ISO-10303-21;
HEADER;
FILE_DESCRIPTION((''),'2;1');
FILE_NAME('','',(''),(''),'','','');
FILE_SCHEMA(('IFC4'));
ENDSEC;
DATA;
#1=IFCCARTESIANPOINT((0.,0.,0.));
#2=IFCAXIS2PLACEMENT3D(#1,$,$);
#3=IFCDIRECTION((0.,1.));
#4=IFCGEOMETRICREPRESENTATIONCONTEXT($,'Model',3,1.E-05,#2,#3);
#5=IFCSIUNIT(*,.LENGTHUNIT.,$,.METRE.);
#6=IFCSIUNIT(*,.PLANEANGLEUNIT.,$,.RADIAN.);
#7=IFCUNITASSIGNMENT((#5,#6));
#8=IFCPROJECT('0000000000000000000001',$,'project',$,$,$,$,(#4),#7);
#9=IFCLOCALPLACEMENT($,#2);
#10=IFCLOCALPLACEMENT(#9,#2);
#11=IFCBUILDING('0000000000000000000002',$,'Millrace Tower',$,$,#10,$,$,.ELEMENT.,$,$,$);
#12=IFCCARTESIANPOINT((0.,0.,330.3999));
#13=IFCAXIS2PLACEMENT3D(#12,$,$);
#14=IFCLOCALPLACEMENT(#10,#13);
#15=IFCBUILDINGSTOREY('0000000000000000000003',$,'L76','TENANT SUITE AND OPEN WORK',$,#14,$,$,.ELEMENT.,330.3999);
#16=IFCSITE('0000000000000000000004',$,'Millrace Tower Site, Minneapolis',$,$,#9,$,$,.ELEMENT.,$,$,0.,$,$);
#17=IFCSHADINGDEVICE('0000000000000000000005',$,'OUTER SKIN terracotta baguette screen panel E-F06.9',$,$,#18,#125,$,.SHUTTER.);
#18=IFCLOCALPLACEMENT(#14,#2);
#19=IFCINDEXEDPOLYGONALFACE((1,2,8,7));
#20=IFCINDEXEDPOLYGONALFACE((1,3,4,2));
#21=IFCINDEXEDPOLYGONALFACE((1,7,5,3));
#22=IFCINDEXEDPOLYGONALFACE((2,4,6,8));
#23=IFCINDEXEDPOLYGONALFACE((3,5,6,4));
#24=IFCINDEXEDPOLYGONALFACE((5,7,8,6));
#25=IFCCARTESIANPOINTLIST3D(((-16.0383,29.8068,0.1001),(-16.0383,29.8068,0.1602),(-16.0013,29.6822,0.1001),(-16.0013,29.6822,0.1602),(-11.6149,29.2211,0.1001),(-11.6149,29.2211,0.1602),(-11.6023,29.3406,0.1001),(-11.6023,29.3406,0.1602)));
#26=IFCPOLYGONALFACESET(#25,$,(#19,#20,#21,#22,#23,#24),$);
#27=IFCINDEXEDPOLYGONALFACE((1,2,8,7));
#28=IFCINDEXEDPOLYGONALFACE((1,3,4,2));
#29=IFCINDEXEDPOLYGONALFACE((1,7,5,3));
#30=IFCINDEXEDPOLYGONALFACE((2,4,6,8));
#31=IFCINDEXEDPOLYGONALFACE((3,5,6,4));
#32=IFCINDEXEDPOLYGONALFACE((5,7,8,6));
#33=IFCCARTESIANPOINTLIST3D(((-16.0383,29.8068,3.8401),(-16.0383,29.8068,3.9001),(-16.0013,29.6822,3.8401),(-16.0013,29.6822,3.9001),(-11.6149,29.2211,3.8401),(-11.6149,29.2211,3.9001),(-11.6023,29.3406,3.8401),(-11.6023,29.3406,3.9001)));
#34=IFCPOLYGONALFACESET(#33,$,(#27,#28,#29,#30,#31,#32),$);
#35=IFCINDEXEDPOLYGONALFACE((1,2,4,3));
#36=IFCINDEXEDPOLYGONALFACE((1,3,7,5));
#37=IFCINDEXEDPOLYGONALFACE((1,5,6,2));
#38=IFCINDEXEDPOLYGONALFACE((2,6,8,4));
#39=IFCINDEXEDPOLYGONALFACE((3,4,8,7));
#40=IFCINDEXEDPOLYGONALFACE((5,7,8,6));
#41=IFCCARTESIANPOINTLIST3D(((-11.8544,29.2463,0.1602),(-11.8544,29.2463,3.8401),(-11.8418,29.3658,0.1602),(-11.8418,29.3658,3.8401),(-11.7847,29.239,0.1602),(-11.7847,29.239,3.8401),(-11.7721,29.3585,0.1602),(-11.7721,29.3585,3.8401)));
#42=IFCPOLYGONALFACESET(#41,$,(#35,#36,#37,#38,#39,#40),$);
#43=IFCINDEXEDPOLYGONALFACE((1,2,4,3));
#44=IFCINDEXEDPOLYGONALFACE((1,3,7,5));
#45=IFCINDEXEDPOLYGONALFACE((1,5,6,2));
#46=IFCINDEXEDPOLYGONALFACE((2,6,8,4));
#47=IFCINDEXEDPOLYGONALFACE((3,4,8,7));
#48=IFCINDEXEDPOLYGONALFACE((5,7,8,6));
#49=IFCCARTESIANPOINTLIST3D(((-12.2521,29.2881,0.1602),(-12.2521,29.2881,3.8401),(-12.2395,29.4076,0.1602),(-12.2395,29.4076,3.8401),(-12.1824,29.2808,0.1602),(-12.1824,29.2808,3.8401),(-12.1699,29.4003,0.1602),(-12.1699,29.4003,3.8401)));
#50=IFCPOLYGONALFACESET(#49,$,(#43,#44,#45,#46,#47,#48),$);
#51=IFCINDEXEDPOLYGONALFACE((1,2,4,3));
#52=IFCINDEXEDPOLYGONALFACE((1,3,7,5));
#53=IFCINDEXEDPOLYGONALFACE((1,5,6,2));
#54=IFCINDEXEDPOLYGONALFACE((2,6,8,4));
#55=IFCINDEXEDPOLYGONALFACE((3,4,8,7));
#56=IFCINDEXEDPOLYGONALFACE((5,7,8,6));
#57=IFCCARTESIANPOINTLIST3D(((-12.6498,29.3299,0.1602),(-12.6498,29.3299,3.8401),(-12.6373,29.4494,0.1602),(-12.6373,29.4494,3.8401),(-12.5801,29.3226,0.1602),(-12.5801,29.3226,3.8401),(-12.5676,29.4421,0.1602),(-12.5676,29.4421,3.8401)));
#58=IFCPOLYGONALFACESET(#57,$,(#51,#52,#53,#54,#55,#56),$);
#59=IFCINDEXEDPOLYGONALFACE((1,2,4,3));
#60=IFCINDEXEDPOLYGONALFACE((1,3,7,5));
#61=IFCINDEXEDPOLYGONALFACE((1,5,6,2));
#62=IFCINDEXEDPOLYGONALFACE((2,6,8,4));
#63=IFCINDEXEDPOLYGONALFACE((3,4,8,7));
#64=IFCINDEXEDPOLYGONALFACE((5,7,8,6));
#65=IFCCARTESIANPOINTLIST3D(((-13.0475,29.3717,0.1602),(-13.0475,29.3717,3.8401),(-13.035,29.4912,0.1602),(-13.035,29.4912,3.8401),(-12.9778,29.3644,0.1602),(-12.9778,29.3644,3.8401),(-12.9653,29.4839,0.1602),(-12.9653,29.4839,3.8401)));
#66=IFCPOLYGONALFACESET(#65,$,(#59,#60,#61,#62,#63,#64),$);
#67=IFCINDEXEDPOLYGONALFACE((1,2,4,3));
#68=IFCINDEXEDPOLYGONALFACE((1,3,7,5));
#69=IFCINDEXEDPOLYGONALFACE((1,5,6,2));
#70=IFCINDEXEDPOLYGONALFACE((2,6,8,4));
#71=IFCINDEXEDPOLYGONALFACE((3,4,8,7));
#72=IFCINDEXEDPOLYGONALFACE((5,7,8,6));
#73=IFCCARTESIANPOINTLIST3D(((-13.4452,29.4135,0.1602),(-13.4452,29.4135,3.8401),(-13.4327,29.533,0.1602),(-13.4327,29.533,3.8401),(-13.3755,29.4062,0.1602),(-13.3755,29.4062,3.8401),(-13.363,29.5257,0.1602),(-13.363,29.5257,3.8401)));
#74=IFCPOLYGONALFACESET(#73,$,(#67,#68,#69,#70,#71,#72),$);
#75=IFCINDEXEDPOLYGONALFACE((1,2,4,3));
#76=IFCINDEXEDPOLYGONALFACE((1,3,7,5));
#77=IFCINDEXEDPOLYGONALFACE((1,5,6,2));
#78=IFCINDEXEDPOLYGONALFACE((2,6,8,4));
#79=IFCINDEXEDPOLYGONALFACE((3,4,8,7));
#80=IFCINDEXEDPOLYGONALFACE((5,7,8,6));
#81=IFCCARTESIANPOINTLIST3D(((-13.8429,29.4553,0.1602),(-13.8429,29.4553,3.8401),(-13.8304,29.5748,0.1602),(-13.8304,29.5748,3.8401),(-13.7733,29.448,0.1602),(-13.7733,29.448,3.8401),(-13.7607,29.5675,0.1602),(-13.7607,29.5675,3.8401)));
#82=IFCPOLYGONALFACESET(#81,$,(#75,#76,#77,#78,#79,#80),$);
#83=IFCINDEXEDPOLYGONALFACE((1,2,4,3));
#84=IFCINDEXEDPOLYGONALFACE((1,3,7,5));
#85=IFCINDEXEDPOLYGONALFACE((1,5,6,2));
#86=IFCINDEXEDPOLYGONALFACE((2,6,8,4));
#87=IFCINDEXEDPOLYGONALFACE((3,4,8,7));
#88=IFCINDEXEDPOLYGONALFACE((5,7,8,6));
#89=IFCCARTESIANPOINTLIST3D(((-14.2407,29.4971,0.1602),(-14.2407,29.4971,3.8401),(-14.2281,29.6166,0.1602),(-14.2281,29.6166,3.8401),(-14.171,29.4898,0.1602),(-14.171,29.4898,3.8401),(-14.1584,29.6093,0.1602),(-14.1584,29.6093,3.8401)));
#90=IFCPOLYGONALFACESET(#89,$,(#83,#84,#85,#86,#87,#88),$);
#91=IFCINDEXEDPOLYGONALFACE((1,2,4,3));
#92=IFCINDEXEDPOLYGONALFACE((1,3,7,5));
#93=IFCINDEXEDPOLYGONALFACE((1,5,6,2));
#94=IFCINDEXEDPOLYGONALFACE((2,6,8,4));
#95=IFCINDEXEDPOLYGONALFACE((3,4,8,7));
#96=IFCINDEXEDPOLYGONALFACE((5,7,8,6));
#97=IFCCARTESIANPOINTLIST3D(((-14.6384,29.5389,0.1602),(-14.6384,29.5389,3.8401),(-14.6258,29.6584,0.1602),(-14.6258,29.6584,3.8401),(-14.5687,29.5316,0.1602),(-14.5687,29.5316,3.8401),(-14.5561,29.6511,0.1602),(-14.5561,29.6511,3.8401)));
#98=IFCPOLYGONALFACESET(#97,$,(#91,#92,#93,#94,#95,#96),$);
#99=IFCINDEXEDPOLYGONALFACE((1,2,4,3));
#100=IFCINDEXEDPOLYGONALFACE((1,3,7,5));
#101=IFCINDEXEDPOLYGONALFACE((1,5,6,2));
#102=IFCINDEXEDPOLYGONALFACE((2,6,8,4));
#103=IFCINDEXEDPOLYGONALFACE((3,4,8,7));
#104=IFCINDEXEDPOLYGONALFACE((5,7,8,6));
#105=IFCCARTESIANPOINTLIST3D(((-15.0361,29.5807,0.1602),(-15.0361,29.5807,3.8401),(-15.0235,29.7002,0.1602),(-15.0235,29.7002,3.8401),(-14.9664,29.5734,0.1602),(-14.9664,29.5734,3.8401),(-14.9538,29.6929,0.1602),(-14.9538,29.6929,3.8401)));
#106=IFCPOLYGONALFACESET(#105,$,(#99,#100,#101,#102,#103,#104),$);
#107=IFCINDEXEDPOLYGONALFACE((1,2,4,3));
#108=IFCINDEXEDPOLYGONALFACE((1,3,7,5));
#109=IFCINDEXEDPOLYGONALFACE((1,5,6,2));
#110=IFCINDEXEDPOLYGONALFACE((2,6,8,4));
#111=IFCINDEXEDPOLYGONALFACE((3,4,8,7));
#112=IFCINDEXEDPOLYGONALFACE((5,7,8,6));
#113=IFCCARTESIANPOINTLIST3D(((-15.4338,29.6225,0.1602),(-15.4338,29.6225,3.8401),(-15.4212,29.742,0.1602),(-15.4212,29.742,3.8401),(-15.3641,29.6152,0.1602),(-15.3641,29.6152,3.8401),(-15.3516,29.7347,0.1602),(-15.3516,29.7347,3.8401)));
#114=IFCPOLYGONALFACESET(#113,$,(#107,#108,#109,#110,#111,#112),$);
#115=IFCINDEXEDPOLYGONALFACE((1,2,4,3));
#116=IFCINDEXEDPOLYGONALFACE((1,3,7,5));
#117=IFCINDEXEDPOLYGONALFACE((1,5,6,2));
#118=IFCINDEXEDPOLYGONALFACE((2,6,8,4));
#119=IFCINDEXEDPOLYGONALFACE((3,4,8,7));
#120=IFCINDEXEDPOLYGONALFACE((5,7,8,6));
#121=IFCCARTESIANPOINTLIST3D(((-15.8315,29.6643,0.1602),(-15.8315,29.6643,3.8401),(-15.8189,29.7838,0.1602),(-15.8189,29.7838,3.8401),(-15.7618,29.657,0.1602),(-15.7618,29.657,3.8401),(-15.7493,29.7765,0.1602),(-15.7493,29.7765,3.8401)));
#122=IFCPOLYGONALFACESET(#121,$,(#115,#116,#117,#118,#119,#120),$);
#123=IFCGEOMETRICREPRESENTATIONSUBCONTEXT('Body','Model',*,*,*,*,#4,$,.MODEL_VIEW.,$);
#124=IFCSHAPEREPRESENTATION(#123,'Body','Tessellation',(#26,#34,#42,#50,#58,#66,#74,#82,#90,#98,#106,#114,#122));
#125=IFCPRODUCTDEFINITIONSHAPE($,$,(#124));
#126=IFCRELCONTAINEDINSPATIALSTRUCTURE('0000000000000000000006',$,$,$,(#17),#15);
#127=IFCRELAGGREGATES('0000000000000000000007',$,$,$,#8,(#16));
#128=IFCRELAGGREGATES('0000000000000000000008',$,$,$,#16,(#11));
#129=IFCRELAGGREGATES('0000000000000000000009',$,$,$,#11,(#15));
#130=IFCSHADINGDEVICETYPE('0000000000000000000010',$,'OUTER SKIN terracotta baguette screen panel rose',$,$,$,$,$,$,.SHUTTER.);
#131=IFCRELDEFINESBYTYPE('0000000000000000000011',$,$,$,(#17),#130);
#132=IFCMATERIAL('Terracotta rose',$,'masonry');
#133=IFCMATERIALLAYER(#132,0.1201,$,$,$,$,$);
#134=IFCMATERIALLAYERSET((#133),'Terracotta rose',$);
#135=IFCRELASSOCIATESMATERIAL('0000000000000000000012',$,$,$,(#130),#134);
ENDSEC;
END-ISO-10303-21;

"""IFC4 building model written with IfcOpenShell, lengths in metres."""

from ifc_helpers import new_model, entity, si_unit, direction, frame, frame_2d, origin, place, context, subcontext, project, spatial, rectangle, extrude, source, transform, mapped, material, layer, layer_set, type_object, element, save


model = new_model("IFC4")

# Units and contexts
model_context = context("Model", 3, precision=1e-05, world=origin(), true_north=direction((0.0, 1.0)))
body_context = subcontext(model_context, "Body", "Model", "MODEL_VIEW")
ifc_project = project(units=[si_unit("LENGTHUNIT", "METRE"), si_unit("PLANEANGLEUNIT", "RADIAN")], contexts=[model_context])

# Site, building, storey
site_placement = place(None, origin())
site = spatial("IfcSite", under=ifc_project, at=site_placement, Name="Millrace Tower Site, Minneapolis", CompositionType="ELEMENT", RefElevation=0.0)
building_placement = place(site_placement, origin())
building = spatial("IfcBuilding", under=site, at=building_placement, Name="Millrace Tower", CompositionType="ELEMENT")
storey_placement = place(building_placement, frame((0.0, 0.0, 330.3999)))
storey = spatial("IfcBuildingStorey", under=building, at=storey_placement, Name="L76", Description="TENANT SUITE AND OPEN WORK", CompositionType="ELEMENT", Elevation=330.3999)

# Shading device
ifc_material_1 = material(Name="Terracotta rose", Category="masonry")
ifc_layer_1 = layer(ifc_material_1, 0.1201)
ifc_layer_set_1 = layer_set([ifc_layer_1], Name="Terracotta rose")
shading_device_type = type_object("IfcShadingDeviceType", Name="OUTER SKIN terracotta baguette screen panel rose", PredefinedType="SHUTTER", material=ifc_layer_set_1)
cartesian_point_1 = entity("IfcCartesianPoint", [-2.2178, 0.0601])
shared_polyline_1 = entity("IfcPolyline", [cartesian_point_1, entity("IfcCartesianPoint", [2.1929, 0.0601]), entity("IfcCartesianPoint", [2.2427, -0.0601]), entity("IfcCartesianPoint", [-2.2178, -0.0601]), cartesian_point_1])
shared_shape_1 = source(origin(), body_context, "Body", "SweptSolid", [
    entity("IfcExtrudedAreaSolid", entity("IfcArbitraryClosedProfileDef", "AREA", None, shared_polyline_1), entity("IfcAxis2Placement3D", entity("IfcCartesianPoint", [0.0, 0.0, 0.0])), entity("IfcDirection", [0.0, 0.0, 1.0]), 0.0601),
    entity("IfcExtrudedAreaSolid", entity("IfcArbitraryClosedProfileDef", "AREA", None, shared_polyline_1), entity("IfcAxis2Placement3D", entity("IfcCartesianPoint", [0.0, 0.0, 3.74])), entity("IfcDirection", [0.0, 0.0, 1.0]), 0.0601),
    extrude(rectangle(XDim=0.0701, YDim=0.1201, at=frame_2d((-2.012, 0.0))), frame((0.0, 0.0, 0.0601)), (0.0, 0.0, 1.0), 3.6799),
    extrude(rectangle(XDim=0.0701, YDim=0.1201, at=frame_2d((-1.6121, 0.0))), frame((0.0, 0.0, 0.0601)), (0.0, 0.0, 1.0), 3.6799),
    extrude(rectangle(XDim=0.0701, YDim=0.1201, at=frame_2d((-1.2122, 0.0))), frame((0.0, 0.0, 0.0601)), (0.0, 0.0, 1.0), 3.6799),
    extrude(rectangle(XDim=0.0701, YDim=0.1201, at=frame_2d((-0.8123, 0.0))), frame((0.0, 0.0, 0.0601)), (0.0, 0.0, 1.0), 3.6799),
    extrude(rectangle(XDim=0.0701, YDim=0.1201, at=frame_2d((-0.4124, 0.0))), frame((0.0, 0.0, 0.0601)), (0.0, 0.0, 1.0), 3.6799),
    extrude(rectangle(XDim=0.0701, YDim=0.1201, at=frame_2d((-0.0125, 0.0))), frame((0.0, 0.0, 0.0601)), (0.0, 0.0, 1.0), 3.6799),
    extrude(rectangle(XDim=0.0701, YDim=0.1201, at=frame_2d((0.3875, 0.0))), frame((0.0, 0.0, 0.0601)), (0.0, 0.0, 1.0), 3.6799),
    extrude(rectangle(XDim=0.0701, YDim=0.1201, at=frame_2d((0.7874, 0.0))), frame((0.0, 0.0, 0.0601)), (0.0, 0.0, 1.0), 3.6799),
    extrude(rectangle(XDim=0.0701, YDim=0.1201, at=frame_2d((1.1873, 0.0))), frame((0.0, 0.0, 0.0601)), (0.0, 0.0, 1.0), 3.6799),
    extrude(rectangle(XDim=0.0701, YDim=0.1201, at=frame_2d((1.5872, 0.0))), frame((0.0, 0.0, 0.0601)), (0.0, 0.0, 1.0), 3.6799),
    extrude(rectangle(XDim=0.0701, YDim=0.1201, at=frame_2d((1.9871, 0.0))), frame((0.0, 0.0, 0.0601)), (0.0, 0.0, 1.0), 3.6799),
])
shading_device_placement = place(storey_placement, frame((-13.8142, 29.5127, 0.1001), z_axis=(0.0, 0.0, 1.0), x_axis=(-0.994522, 0.104528, 0.0)))
element("IfcShadingDevice", 1, at=shading_device_placement, inside=storey, type_object=shading_device_type, Name="OUTER SKIN terracotta baguette screen panel E-F06.9", PredefinedType="SHUTTER", context=body_context, shape_type="MappedRepresentation", body=[
    mapped(shared_shape_1, transform((0.0, 0.0, 0.0), scale=1.0)),
])

save(model, "model.ifc")
